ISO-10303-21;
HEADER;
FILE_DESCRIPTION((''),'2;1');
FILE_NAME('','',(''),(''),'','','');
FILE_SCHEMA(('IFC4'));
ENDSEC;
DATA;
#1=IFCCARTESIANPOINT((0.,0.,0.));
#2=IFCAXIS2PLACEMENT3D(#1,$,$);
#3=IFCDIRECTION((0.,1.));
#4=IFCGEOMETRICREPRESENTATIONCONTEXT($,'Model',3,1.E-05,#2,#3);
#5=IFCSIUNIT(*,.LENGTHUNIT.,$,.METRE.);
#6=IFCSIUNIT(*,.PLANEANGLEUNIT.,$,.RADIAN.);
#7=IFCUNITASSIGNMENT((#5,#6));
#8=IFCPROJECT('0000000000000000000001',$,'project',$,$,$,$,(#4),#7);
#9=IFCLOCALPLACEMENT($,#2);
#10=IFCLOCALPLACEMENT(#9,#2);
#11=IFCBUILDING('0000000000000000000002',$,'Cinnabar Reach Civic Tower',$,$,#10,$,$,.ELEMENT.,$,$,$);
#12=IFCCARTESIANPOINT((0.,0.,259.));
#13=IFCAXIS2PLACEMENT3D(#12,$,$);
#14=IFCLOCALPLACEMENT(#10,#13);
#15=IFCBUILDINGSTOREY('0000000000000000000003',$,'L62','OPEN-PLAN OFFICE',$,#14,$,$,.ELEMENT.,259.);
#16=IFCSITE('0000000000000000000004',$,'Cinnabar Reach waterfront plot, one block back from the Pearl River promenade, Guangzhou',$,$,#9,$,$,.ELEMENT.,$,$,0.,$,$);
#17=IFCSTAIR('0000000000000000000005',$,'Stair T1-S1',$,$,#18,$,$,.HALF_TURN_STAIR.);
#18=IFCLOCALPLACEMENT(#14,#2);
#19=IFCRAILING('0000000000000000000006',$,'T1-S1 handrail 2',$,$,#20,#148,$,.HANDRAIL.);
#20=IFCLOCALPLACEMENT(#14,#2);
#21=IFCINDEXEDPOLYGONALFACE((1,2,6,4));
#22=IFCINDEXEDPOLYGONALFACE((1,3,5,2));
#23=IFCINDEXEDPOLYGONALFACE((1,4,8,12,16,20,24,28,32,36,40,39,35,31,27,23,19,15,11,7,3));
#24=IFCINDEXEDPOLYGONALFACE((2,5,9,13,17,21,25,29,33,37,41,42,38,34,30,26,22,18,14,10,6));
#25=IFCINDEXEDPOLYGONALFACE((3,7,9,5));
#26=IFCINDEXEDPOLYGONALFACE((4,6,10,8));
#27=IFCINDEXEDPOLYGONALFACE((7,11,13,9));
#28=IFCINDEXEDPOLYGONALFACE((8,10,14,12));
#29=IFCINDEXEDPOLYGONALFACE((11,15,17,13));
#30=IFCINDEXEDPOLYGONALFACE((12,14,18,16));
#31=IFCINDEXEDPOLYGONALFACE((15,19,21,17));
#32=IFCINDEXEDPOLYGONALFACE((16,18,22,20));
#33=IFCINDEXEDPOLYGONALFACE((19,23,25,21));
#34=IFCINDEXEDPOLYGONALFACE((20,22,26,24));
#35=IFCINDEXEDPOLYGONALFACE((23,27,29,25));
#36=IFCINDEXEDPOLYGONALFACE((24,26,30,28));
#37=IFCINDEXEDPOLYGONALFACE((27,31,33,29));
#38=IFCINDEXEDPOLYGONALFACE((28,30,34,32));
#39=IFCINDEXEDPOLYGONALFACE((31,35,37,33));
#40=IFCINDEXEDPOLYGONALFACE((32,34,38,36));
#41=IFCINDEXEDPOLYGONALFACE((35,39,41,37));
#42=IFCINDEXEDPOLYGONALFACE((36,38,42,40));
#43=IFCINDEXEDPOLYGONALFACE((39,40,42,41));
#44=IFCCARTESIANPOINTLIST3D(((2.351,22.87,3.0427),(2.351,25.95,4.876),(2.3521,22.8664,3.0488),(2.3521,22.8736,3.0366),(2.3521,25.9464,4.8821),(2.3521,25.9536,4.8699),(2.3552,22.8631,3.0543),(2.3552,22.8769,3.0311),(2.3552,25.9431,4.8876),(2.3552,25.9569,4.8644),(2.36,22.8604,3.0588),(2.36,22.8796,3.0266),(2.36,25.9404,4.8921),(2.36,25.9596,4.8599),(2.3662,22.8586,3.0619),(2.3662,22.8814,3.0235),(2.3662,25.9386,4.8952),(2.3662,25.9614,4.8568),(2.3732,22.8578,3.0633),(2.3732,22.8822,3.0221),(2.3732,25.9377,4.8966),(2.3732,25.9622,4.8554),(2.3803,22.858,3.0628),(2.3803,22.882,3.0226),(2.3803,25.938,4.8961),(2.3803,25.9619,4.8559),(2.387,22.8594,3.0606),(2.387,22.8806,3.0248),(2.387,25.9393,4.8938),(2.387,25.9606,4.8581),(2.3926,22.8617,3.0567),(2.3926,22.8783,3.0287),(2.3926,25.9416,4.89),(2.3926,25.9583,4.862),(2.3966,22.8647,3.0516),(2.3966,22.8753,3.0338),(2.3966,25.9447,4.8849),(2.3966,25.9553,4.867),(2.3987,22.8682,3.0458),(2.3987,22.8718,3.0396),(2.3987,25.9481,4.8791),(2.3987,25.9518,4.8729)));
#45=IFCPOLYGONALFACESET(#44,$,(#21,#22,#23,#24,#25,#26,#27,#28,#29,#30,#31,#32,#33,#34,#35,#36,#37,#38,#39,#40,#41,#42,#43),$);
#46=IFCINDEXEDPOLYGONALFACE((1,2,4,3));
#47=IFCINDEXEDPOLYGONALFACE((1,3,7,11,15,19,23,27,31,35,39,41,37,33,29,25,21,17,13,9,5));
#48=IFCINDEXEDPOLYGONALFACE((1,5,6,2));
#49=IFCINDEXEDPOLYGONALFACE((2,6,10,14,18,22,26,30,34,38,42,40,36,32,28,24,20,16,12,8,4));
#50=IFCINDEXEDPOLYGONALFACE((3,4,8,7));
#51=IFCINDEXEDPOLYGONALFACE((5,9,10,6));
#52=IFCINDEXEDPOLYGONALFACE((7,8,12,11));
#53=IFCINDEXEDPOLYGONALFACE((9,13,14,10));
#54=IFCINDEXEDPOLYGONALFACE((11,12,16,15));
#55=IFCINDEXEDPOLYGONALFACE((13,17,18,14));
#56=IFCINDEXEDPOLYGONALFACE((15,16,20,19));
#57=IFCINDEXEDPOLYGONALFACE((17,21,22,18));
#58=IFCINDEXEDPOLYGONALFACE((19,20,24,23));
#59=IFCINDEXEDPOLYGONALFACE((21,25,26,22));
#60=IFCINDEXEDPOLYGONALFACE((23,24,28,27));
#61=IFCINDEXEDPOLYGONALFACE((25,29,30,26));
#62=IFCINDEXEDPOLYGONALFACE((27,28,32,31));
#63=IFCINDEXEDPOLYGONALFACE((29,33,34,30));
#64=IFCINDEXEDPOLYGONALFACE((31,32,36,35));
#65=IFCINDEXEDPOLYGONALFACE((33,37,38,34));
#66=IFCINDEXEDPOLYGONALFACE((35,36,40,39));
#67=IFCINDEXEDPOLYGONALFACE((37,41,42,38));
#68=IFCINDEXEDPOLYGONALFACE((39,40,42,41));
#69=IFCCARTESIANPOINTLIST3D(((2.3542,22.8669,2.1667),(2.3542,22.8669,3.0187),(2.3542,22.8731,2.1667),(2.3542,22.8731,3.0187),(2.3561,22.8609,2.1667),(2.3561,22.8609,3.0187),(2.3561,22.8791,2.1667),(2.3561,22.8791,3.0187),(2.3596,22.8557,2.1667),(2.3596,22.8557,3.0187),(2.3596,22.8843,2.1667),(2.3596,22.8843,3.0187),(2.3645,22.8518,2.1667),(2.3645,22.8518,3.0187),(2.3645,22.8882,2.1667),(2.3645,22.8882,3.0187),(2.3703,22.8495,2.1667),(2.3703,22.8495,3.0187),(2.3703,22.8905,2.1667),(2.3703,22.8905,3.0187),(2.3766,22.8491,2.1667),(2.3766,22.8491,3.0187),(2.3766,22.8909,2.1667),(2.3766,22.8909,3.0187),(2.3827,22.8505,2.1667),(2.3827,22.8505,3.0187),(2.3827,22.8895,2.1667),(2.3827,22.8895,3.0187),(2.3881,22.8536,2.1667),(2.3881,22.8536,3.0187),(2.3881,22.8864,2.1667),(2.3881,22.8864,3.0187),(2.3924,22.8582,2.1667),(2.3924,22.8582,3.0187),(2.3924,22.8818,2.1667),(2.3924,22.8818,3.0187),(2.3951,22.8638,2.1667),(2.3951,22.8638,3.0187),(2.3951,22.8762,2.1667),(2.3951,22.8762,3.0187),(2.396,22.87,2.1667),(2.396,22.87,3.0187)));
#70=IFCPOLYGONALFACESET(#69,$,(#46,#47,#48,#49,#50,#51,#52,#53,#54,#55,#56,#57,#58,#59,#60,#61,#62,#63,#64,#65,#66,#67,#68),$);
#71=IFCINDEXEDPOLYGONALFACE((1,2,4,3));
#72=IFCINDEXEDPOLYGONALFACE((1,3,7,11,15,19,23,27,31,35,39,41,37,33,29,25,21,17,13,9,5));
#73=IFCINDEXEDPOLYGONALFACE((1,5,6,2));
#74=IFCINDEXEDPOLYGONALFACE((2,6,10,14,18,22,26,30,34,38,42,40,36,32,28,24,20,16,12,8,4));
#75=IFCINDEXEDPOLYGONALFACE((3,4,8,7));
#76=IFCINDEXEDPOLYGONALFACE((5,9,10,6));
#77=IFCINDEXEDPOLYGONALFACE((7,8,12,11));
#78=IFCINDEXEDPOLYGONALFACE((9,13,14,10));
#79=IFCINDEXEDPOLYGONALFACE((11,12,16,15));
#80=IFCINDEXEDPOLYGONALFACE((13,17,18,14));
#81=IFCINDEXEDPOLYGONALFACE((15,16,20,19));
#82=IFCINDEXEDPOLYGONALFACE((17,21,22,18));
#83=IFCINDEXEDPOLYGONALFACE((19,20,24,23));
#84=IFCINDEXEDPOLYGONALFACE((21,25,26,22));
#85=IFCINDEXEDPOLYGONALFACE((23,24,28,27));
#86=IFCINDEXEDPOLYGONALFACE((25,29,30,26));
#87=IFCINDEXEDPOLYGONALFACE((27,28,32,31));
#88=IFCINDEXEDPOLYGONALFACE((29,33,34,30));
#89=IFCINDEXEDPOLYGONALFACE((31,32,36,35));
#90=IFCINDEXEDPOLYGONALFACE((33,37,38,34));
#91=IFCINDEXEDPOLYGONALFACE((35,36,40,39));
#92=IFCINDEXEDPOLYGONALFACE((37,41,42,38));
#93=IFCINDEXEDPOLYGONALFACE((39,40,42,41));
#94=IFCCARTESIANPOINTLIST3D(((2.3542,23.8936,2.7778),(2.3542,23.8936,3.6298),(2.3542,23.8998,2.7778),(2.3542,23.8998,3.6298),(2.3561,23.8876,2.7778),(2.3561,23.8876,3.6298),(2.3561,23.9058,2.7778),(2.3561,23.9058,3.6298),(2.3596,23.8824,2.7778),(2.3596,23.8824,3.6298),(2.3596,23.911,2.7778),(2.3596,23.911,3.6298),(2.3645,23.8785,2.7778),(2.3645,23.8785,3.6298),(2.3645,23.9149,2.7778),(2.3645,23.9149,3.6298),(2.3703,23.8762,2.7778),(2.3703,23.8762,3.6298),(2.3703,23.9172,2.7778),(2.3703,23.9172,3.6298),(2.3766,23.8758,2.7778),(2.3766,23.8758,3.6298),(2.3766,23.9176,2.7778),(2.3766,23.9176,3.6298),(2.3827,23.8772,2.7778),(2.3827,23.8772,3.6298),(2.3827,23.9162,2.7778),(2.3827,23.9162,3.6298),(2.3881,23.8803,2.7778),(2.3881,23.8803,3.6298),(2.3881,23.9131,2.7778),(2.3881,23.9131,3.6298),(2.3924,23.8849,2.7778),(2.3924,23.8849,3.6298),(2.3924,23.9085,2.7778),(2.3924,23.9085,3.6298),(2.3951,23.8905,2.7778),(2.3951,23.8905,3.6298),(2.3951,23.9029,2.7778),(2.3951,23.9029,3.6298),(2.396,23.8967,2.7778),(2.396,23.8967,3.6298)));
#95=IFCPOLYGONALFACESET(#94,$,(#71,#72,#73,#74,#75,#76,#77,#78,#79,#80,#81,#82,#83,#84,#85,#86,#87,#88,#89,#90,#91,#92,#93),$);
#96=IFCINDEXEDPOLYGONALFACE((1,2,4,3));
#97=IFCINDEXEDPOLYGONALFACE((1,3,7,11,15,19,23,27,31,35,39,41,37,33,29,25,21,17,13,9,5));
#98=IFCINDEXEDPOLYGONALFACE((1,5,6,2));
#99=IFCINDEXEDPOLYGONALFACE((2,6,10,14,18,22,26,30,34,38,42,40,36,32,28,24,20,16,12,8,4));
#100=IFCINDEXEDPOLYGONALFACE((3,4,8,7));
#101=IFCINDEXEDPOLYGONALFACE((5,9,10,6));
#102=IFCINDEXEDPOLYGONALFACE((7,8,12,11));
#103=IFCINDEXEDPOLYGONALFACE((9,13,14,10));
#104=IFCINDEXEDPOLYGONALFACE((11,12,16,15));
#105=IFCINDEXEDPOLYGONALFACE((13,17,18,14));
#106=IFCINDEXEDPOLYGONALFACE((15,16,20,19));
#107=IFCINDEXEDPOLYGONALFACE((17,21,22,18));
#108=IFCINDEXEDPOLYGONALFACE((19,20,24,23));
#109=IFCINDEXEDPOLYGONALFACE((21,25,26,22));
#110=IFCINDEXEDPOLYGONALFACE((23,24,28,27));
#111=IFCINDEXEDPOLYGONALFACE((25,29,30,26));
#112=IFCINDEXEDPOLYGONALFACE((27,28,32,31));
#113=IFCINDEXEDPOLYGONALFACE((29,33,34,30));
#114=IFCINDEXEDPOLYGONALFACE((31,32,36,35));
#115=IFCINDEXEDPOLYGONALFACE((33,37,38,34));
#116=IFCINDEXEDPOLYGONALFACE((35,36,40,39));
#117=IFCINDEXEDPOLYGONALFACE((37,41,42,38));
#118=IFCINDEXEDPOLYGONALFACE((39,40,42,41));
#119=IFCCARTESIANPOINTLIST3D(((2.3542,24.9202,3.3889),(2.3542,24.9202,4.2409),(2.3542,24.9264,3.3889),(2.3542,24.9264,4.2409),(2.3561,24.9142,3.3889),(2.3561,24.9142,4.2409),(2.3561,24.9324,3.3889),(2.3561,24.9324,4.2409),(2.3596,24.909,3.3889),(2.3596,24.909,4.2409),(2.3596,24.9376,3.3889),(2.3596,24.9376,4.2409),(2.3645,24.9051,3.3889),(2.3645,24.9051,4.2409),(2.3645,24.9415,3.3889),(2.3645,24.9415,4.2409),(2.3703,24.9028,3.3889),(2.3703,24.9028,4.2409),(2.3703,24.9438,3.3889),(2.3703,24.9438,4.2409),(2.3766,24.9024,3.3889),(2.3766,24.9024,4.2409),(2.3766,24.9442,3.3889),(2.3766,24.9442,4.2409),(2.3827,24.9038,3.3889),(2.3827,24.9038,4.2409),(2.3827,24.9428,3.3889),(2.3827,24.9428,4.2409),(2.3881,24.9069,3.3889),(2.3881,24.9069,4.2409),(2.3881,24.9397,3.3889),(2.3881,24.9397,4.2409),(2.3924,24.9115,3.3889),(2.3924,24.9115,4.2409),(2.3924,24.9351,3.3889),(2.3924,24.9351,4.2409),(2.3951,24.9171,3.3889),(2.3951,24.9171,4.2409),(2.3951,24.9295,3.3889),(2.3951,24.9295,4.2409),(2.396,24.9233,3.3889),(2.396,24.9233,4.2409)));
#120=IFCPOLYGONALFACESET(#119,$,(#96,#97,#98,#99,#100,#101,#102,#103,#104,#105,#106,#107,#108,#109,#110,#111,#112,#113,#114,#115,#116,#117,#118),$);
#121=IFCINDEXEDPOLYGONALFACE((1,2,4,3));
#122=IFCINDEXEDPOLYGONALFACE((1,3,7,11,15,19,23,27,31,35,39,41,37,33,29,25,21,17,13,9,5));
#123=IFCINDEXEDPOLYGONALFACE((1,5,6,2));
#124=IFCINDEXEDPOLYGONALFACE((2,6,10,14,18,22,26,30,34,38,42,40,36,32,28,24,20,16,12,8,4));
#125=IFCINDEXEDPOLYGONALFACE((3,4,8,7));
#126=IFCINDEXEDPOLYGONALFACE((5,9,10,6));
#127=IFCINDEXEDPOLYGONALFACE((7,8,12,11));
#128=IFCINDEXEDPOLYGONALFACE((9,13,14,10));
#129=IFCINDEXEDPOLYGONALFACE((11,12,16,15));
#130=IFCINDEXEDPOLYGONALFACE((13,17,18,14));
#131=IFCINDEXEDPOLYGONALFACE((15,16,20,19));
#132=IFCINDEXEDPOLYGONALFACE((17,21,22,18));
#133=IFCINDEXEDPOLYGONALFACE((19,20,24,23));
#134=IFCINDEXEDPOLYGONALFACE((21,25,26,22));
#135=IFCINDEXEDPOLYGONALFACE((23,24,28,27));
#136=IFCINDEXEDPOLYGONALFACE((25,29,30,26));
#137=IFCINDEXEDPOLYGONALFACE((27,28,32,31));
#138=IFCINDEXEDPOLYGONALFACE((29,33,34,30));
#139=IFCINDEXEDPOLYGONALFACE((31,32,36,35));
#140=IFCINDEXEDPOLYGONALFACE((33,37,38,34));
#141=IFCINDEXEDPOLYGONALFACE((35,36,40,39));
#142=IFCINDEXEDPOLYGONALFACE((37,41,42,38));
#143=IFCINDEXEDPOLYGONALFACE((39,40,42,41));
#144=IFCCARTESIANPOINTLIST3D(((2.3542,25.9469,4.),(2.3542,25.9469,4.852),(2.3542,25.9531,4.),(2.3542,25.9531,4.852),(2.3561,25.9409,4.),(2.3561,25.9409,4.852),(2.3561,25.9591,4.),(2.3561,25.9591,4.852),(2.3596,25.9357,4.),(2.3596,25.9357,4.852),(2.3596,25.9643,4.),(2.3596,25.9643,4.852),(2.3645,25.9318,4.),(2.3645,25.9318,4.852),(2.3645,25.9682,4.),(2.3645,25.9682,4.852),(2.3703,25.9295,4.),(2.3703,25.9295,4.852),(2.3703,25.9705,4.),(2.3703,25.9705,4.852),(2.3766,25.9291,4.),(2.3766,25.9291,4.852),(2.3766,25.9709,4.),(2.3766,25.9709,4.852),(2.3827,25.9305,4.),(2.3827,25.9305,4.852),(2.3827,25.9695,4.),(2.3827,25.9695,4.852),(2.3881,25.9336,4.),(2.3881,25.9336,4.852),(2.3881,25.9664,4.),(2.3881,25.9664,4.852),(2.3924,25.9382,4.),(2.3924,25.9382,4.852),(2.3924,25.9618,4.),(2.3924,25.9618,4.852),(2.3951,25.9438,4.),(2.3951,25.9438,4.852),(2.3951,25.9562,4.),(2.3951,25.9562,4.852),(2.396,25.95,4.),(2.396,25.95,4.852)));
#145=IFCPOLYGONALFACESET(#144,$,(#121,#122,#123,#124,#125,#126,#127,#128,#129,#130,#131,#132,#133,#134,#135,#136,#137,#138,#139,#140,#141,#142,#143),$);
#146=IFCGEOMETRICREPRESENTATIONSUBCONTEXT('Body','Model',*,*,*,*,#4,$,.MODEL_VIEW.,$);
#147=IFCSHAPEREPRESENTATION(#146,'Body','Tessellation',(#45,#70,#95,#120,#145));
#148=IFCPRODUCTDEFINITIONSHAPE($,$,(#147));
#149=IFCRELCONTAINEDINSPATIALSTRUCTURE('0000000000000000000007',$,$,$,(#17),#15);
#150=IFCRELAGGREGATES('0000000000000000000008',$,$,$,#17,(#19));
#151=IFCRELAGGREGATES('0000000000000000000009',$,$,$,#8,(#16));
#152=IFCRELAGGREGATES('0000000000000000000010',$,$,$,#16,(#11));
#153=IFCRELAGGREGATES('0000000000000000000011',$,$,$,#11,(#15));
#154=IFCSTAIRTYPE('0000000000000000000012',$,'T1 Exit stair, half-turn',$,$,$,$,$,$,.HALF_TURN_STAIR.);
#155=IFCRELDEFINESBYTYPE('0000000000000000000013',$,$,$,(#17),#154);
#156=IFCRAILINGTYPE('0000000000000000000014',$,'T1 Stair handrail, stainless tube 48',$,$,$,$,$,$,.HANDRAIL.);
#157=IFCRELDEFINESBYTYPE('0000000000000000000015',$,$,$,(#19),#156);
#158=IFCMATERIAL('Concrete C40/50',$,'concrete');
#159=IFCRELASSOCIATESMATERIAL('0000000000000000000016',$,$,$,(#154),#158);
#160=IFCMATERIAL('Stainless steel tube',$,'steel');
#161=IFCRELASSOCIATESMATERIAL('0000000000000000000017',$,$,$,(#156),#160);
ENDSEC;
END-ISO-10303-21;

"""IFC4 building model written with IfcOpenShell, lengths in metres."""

from ifc_helpers import new_model, si_unit, direction, frame, origin, origin_2d, place, context, subcontext, project, spatial, circle, extrude, material, type_object, element, aggregate, save


model = new_model("IFC4")

# Units and contexts
model_context = context("Model", 3, precision=1e-05, world=origin(), true_north=direction((0.0, 1.0)))
body_context = subcontext(model_context, "Body", "Model", "MODEL_VIEW")
ifc_project = project(units=[si_unit("LENGTHUNIT", "METRE"), si_unit("PLANEANGLEUNIT", "RADIAN")], contexts=[model_context])

# Site, building, storey
site_placement = place(None, origin())
site = spatial("IfcSite", under=ifc_project, at=site_placement, Name="Cinnabar Reach waterfront plot, one block back from the Pearl River promenade, Guangzhou", CompositionType="ELEMENT", RefElevation=0.0)
building_placement = place(site_placement, origin())
building = spatial("IfcBuilding", under=site, at=building_placement, Name="Cinnabar Reach Civic Tower", CompositionType="ELEMENT")
storey_placement = place(building_placement, frame((0.0, 0.0, 259.0)))
storey = spatial("IfcBuildingStorey", under=building, at=storey_placement, Name="L62", Description="OPEN-PLAN OFFICE", CompositionType="ELEMENT", Elevation=259.0)

# Shared definitions
ifc_material_1 = material(Name="Concrete C40/50", Category="concrete")

# Stair, railing
stair_type = type_object("IfcStairType", Name="T1 Exit stair, half-turn", PredefinedType="HALF_TURN_STAIR", material=ifc_material_1)
stair_placement = place(storey_placement, origin())
stair = element("IfcStair", 1, at=stair_placement, inside=storey, type_object=stair_type, Name="Stair T1-S1", PredefinedType="HALF_TURN_STAIR")
ifc_material_2 = material(Name="Stainless steel tube", Category="steel")
railing_type = type_object("IfcRailingType", Name="T1 Stair handrail, stainless tube 48", PredefinedType="HANDRAIL", material=ifc_material_2)
railing_1_placement = place(storey_placement, frame((2.375, 22.87, 2.1667)))
railing_1 = element("IfcRailing", 2, at=railing_1_placement, type_object=railing_type, Name="T1-S1 handrail 2", PredefinedType="HANDRAIL", context=body_context, shape_type="SweptSolid", body=[
    extrude(circle(Radius=0.024, at=origin_2d()), frame((0.0, 0.0, 0.876), z_axis=(0.0, 0.859297, 0.511477), x_axis=(-1.0, 0.0, 0.0)), (0.0, 0.0, 1.0), 3.5843),
    extrude(circle(Radius=0.021, at=origin_2d()), origin(), (0.0, 0.0, 1.0), 0.852),
    extrude(circle(Radius=0.021, at=origin_2d()), frame((0.0, 1.0267, 0.6111)), (0.0, 0.0, 1.0), 0.852),
    extrude(circle(Radius=0.021, at=origin_2d()), frame((0.0, 2.0533, 1.2222)), (0.0, 0.0, 1.0), 0.852),
    extrude(circle(Radius=0.021, at=origin_2d()), frame((0.0, 3.08, 1.8333)), (0.0, 0.0, 1.0), 0.852),
])
aggregate(stair, [railing_1])

save(model, "model.ifc")
